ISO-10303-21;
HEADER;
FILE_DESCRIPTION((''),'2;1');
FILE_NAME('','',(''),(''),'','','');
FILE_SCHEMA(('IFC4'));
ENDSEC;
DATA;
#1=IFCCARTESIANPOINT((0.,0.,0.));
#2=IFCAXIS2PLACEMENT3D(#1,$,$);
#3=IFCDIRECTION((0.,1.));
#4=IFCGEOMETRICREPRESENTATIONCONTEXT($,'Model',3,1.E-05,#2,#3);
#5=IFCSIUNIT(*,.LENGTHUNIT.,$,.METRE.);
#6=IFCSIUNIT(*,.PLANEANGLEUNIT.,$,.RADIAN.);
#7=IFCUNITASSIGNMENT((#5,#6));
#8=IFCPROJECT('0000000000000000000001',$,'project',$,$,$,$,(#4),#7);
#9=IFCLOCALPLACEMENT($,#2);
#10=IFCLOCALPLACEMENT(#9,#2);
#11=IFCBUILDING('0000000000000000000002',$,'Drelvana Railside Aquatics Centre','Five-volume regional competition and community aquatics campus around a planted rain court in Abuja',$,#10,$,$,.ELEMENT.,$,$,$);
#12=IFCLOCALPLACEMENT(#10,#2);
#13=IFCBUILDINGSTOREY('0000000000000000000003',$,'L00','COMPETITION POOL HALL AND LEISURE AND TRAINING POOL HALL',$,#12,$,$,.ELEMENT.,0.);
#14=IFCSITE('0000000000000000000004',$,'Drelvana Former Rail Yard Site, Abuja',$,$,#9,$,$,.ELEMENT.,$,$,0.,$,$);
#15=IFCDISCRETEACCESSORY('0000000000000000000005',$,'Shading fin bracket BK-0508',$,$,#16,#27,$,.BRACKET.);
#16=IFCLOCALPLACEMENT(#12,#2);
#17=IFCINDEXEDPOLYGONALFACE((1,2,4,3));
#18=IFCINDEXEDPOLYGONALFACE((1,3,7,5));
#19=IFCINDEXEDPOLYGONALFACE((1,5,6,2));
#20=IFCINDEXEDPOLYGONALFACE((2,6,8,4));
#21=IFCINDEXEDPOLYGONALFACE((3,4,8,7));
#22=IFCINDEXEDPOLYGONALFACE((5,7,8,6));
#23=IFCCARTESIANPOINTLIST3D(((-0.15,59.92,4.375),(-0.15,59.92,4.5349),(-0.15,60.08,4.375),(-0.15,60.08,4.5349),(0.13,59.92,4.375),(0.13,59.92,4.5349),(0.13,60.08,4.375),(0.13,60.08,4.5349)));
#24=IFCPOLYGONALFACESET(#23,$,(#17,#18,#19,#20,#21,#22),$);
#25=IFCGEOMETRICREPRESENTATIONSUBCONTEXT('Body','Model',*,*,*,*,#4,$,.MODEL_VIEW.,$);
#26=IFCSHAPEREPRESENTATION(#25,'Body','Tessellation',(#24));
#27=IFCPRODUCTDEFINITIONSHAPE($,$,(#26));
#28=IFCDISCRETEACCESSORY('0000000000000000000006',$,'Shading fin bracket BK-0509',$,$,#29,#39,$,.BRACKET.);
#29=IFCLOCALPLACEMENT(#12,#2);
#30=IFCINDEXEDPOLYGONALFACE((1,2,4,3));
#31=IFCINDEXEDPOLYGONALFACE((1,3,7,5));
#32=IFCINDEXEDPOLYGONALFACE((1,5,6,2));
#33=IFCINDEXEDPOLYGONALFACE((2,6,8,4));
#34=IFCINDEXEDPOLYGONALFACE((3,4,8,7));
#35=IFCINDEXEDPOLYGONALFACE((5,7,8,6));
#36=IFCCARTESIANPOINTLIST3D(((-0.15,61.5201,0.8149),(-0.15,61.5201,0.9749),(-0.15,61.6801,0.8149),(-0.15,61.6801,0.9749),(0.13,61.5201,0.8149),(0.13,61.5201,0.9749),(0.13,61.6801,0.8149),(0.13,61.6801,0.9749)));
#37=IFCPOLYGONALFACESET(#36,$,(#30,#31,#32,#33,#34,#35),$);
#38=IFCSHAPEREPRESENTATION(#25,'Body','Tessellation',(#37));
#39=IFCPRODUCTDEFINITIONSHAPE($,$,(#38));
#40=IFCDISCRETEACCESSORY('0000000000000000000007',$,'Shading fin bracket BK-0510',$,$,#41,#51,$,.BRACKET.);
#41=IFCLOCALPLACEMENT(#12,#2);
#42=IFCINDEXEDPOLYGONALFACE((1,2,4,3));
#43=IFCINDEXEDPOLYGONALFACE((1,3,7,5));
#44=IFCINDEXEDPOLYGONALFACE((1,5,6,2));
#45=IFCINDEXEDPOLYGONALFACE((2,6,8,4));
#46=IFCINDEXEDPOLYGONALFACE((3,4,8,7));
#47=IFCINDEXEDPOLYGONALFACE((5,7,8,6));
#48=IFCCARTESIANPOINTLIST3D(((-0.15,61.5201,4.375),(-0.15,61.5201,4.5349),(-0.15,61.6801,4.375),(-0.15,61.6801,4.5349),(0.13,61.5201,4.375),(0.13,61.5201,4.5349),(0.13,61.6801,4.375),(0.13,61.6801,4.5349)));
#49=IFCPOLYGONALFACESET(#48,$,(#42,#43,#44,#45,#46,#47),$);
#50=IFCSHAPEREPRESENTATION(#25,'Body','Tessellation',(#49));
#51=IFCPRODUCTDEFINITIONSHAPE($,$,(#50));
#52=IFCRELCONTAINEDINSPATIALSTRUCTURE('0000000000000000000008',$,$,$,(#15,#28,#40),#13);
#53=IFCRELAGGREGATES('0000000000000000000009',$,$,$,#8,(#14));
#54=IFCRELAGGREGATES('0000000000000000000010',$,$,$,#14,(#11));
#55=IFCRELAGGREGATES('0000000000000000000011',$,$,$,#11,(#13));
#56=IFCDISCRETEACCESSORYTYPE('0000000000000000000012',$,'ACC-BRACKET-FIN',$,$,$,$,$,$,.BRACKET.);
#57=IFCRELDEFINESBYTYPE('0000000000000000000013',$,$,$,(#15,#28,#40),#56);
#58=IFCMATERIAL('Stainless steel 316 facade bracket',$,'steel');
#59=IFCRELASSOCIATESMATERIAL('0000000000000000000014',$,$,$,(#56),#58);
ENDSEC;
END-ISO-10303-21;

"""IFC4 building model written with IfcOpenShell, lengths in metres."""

from ifc_helpers import new_model, si_unit, direction, frame, origin, origin_2d, place, context, subcontext, project, spatial, rectangle, extrude, material, type_object, element, save


model = new_model("IFC4")

# Units and contexts
model_context = context("Model", 3, precision=1e-05, world=origin(), true_north=direction((0.0, 1.0)))
body_context = subcontext(model_context, "Body", "Model", "MODEL_VIEW")
ifc_project = project(units=[si_unit("LENGTHUNIT", "METRE"), si_unit("PLANEANGLEUNIT", "RADIAN")], contexts=[model_context])

# Site, building, storey
site_placement = place(None, origin())
site = spatial("IfcSite", under=ifc_project, at=site_placement, Name="Drelvana Former Rail Yard Site, Abuja", CompositionType="ELEMENT", RefElevation=0.0)
building_placement = place(site_placement, origin())
building = spatial("IfcBuilding", under=site, at=building_placement, Name="Drelvana Railside Aquatics Centre", Description="Five-volume regional competition and community aquatics campus around a planted rain court in Abuja", CompositionType="ELEMENT")
storey_placement = place(building_placement, origin())
storey = spatial("IfcBuildingStorey", under=building, at=storey_placement, Name="L00", Description="COMPETITION POOL HALL AND LEISURE AND TRAINING POOL HALL", CompositionType="ELEMENT", Elevation=0.0)

# Discrete accessories
ifc_material_1 = material(Name="Stainless steel 316 facade bracket", Category="steel")
discrete_accessory_type = type_object("IfcDiscreteAccessoryType", Name="ACC-BRACKET-FIN", PredefinedType="BRACKET", material=ifc_material_1)
for number, where, z_axis, x_axis, name in (
    (1, (-0.01, 60.0, 4.375), (0.0, 0.0, 1.0), (-1.0, 0.0, 0.0), "Shading fin bracket BK-0508"),
    (2, (-0.01, 61.6001, 0.8149), (0.0, 0.0, 1.0), (-1.0, 0.0, 0.0), "Shading fin bracket BK-0509"),
    (3, (-0.01, 61.6001, 4.375), (0.0, 0.0, 1.0), (-1.0, 0.0, 0.0), "Shading fin bracket BK-0510"),
):
    element("IfcDiscreteAccessory", number, at=place(storey_placement, frame(where, z_axis=z_axis, x_axis=x_axis)), inside=storey, type_object=discrete_accessory_type, Name=name, PredefinedType="BRACKET", context=body_context, shape_type="SweptSolid", body=[
        extrude(rectangle(XDim=0.28, YDim=0.1599, at=origin_2d()), origin(), (0.0, 0.0, 1.0), 0.1599),
    ])

save(model, "model.ifc")
